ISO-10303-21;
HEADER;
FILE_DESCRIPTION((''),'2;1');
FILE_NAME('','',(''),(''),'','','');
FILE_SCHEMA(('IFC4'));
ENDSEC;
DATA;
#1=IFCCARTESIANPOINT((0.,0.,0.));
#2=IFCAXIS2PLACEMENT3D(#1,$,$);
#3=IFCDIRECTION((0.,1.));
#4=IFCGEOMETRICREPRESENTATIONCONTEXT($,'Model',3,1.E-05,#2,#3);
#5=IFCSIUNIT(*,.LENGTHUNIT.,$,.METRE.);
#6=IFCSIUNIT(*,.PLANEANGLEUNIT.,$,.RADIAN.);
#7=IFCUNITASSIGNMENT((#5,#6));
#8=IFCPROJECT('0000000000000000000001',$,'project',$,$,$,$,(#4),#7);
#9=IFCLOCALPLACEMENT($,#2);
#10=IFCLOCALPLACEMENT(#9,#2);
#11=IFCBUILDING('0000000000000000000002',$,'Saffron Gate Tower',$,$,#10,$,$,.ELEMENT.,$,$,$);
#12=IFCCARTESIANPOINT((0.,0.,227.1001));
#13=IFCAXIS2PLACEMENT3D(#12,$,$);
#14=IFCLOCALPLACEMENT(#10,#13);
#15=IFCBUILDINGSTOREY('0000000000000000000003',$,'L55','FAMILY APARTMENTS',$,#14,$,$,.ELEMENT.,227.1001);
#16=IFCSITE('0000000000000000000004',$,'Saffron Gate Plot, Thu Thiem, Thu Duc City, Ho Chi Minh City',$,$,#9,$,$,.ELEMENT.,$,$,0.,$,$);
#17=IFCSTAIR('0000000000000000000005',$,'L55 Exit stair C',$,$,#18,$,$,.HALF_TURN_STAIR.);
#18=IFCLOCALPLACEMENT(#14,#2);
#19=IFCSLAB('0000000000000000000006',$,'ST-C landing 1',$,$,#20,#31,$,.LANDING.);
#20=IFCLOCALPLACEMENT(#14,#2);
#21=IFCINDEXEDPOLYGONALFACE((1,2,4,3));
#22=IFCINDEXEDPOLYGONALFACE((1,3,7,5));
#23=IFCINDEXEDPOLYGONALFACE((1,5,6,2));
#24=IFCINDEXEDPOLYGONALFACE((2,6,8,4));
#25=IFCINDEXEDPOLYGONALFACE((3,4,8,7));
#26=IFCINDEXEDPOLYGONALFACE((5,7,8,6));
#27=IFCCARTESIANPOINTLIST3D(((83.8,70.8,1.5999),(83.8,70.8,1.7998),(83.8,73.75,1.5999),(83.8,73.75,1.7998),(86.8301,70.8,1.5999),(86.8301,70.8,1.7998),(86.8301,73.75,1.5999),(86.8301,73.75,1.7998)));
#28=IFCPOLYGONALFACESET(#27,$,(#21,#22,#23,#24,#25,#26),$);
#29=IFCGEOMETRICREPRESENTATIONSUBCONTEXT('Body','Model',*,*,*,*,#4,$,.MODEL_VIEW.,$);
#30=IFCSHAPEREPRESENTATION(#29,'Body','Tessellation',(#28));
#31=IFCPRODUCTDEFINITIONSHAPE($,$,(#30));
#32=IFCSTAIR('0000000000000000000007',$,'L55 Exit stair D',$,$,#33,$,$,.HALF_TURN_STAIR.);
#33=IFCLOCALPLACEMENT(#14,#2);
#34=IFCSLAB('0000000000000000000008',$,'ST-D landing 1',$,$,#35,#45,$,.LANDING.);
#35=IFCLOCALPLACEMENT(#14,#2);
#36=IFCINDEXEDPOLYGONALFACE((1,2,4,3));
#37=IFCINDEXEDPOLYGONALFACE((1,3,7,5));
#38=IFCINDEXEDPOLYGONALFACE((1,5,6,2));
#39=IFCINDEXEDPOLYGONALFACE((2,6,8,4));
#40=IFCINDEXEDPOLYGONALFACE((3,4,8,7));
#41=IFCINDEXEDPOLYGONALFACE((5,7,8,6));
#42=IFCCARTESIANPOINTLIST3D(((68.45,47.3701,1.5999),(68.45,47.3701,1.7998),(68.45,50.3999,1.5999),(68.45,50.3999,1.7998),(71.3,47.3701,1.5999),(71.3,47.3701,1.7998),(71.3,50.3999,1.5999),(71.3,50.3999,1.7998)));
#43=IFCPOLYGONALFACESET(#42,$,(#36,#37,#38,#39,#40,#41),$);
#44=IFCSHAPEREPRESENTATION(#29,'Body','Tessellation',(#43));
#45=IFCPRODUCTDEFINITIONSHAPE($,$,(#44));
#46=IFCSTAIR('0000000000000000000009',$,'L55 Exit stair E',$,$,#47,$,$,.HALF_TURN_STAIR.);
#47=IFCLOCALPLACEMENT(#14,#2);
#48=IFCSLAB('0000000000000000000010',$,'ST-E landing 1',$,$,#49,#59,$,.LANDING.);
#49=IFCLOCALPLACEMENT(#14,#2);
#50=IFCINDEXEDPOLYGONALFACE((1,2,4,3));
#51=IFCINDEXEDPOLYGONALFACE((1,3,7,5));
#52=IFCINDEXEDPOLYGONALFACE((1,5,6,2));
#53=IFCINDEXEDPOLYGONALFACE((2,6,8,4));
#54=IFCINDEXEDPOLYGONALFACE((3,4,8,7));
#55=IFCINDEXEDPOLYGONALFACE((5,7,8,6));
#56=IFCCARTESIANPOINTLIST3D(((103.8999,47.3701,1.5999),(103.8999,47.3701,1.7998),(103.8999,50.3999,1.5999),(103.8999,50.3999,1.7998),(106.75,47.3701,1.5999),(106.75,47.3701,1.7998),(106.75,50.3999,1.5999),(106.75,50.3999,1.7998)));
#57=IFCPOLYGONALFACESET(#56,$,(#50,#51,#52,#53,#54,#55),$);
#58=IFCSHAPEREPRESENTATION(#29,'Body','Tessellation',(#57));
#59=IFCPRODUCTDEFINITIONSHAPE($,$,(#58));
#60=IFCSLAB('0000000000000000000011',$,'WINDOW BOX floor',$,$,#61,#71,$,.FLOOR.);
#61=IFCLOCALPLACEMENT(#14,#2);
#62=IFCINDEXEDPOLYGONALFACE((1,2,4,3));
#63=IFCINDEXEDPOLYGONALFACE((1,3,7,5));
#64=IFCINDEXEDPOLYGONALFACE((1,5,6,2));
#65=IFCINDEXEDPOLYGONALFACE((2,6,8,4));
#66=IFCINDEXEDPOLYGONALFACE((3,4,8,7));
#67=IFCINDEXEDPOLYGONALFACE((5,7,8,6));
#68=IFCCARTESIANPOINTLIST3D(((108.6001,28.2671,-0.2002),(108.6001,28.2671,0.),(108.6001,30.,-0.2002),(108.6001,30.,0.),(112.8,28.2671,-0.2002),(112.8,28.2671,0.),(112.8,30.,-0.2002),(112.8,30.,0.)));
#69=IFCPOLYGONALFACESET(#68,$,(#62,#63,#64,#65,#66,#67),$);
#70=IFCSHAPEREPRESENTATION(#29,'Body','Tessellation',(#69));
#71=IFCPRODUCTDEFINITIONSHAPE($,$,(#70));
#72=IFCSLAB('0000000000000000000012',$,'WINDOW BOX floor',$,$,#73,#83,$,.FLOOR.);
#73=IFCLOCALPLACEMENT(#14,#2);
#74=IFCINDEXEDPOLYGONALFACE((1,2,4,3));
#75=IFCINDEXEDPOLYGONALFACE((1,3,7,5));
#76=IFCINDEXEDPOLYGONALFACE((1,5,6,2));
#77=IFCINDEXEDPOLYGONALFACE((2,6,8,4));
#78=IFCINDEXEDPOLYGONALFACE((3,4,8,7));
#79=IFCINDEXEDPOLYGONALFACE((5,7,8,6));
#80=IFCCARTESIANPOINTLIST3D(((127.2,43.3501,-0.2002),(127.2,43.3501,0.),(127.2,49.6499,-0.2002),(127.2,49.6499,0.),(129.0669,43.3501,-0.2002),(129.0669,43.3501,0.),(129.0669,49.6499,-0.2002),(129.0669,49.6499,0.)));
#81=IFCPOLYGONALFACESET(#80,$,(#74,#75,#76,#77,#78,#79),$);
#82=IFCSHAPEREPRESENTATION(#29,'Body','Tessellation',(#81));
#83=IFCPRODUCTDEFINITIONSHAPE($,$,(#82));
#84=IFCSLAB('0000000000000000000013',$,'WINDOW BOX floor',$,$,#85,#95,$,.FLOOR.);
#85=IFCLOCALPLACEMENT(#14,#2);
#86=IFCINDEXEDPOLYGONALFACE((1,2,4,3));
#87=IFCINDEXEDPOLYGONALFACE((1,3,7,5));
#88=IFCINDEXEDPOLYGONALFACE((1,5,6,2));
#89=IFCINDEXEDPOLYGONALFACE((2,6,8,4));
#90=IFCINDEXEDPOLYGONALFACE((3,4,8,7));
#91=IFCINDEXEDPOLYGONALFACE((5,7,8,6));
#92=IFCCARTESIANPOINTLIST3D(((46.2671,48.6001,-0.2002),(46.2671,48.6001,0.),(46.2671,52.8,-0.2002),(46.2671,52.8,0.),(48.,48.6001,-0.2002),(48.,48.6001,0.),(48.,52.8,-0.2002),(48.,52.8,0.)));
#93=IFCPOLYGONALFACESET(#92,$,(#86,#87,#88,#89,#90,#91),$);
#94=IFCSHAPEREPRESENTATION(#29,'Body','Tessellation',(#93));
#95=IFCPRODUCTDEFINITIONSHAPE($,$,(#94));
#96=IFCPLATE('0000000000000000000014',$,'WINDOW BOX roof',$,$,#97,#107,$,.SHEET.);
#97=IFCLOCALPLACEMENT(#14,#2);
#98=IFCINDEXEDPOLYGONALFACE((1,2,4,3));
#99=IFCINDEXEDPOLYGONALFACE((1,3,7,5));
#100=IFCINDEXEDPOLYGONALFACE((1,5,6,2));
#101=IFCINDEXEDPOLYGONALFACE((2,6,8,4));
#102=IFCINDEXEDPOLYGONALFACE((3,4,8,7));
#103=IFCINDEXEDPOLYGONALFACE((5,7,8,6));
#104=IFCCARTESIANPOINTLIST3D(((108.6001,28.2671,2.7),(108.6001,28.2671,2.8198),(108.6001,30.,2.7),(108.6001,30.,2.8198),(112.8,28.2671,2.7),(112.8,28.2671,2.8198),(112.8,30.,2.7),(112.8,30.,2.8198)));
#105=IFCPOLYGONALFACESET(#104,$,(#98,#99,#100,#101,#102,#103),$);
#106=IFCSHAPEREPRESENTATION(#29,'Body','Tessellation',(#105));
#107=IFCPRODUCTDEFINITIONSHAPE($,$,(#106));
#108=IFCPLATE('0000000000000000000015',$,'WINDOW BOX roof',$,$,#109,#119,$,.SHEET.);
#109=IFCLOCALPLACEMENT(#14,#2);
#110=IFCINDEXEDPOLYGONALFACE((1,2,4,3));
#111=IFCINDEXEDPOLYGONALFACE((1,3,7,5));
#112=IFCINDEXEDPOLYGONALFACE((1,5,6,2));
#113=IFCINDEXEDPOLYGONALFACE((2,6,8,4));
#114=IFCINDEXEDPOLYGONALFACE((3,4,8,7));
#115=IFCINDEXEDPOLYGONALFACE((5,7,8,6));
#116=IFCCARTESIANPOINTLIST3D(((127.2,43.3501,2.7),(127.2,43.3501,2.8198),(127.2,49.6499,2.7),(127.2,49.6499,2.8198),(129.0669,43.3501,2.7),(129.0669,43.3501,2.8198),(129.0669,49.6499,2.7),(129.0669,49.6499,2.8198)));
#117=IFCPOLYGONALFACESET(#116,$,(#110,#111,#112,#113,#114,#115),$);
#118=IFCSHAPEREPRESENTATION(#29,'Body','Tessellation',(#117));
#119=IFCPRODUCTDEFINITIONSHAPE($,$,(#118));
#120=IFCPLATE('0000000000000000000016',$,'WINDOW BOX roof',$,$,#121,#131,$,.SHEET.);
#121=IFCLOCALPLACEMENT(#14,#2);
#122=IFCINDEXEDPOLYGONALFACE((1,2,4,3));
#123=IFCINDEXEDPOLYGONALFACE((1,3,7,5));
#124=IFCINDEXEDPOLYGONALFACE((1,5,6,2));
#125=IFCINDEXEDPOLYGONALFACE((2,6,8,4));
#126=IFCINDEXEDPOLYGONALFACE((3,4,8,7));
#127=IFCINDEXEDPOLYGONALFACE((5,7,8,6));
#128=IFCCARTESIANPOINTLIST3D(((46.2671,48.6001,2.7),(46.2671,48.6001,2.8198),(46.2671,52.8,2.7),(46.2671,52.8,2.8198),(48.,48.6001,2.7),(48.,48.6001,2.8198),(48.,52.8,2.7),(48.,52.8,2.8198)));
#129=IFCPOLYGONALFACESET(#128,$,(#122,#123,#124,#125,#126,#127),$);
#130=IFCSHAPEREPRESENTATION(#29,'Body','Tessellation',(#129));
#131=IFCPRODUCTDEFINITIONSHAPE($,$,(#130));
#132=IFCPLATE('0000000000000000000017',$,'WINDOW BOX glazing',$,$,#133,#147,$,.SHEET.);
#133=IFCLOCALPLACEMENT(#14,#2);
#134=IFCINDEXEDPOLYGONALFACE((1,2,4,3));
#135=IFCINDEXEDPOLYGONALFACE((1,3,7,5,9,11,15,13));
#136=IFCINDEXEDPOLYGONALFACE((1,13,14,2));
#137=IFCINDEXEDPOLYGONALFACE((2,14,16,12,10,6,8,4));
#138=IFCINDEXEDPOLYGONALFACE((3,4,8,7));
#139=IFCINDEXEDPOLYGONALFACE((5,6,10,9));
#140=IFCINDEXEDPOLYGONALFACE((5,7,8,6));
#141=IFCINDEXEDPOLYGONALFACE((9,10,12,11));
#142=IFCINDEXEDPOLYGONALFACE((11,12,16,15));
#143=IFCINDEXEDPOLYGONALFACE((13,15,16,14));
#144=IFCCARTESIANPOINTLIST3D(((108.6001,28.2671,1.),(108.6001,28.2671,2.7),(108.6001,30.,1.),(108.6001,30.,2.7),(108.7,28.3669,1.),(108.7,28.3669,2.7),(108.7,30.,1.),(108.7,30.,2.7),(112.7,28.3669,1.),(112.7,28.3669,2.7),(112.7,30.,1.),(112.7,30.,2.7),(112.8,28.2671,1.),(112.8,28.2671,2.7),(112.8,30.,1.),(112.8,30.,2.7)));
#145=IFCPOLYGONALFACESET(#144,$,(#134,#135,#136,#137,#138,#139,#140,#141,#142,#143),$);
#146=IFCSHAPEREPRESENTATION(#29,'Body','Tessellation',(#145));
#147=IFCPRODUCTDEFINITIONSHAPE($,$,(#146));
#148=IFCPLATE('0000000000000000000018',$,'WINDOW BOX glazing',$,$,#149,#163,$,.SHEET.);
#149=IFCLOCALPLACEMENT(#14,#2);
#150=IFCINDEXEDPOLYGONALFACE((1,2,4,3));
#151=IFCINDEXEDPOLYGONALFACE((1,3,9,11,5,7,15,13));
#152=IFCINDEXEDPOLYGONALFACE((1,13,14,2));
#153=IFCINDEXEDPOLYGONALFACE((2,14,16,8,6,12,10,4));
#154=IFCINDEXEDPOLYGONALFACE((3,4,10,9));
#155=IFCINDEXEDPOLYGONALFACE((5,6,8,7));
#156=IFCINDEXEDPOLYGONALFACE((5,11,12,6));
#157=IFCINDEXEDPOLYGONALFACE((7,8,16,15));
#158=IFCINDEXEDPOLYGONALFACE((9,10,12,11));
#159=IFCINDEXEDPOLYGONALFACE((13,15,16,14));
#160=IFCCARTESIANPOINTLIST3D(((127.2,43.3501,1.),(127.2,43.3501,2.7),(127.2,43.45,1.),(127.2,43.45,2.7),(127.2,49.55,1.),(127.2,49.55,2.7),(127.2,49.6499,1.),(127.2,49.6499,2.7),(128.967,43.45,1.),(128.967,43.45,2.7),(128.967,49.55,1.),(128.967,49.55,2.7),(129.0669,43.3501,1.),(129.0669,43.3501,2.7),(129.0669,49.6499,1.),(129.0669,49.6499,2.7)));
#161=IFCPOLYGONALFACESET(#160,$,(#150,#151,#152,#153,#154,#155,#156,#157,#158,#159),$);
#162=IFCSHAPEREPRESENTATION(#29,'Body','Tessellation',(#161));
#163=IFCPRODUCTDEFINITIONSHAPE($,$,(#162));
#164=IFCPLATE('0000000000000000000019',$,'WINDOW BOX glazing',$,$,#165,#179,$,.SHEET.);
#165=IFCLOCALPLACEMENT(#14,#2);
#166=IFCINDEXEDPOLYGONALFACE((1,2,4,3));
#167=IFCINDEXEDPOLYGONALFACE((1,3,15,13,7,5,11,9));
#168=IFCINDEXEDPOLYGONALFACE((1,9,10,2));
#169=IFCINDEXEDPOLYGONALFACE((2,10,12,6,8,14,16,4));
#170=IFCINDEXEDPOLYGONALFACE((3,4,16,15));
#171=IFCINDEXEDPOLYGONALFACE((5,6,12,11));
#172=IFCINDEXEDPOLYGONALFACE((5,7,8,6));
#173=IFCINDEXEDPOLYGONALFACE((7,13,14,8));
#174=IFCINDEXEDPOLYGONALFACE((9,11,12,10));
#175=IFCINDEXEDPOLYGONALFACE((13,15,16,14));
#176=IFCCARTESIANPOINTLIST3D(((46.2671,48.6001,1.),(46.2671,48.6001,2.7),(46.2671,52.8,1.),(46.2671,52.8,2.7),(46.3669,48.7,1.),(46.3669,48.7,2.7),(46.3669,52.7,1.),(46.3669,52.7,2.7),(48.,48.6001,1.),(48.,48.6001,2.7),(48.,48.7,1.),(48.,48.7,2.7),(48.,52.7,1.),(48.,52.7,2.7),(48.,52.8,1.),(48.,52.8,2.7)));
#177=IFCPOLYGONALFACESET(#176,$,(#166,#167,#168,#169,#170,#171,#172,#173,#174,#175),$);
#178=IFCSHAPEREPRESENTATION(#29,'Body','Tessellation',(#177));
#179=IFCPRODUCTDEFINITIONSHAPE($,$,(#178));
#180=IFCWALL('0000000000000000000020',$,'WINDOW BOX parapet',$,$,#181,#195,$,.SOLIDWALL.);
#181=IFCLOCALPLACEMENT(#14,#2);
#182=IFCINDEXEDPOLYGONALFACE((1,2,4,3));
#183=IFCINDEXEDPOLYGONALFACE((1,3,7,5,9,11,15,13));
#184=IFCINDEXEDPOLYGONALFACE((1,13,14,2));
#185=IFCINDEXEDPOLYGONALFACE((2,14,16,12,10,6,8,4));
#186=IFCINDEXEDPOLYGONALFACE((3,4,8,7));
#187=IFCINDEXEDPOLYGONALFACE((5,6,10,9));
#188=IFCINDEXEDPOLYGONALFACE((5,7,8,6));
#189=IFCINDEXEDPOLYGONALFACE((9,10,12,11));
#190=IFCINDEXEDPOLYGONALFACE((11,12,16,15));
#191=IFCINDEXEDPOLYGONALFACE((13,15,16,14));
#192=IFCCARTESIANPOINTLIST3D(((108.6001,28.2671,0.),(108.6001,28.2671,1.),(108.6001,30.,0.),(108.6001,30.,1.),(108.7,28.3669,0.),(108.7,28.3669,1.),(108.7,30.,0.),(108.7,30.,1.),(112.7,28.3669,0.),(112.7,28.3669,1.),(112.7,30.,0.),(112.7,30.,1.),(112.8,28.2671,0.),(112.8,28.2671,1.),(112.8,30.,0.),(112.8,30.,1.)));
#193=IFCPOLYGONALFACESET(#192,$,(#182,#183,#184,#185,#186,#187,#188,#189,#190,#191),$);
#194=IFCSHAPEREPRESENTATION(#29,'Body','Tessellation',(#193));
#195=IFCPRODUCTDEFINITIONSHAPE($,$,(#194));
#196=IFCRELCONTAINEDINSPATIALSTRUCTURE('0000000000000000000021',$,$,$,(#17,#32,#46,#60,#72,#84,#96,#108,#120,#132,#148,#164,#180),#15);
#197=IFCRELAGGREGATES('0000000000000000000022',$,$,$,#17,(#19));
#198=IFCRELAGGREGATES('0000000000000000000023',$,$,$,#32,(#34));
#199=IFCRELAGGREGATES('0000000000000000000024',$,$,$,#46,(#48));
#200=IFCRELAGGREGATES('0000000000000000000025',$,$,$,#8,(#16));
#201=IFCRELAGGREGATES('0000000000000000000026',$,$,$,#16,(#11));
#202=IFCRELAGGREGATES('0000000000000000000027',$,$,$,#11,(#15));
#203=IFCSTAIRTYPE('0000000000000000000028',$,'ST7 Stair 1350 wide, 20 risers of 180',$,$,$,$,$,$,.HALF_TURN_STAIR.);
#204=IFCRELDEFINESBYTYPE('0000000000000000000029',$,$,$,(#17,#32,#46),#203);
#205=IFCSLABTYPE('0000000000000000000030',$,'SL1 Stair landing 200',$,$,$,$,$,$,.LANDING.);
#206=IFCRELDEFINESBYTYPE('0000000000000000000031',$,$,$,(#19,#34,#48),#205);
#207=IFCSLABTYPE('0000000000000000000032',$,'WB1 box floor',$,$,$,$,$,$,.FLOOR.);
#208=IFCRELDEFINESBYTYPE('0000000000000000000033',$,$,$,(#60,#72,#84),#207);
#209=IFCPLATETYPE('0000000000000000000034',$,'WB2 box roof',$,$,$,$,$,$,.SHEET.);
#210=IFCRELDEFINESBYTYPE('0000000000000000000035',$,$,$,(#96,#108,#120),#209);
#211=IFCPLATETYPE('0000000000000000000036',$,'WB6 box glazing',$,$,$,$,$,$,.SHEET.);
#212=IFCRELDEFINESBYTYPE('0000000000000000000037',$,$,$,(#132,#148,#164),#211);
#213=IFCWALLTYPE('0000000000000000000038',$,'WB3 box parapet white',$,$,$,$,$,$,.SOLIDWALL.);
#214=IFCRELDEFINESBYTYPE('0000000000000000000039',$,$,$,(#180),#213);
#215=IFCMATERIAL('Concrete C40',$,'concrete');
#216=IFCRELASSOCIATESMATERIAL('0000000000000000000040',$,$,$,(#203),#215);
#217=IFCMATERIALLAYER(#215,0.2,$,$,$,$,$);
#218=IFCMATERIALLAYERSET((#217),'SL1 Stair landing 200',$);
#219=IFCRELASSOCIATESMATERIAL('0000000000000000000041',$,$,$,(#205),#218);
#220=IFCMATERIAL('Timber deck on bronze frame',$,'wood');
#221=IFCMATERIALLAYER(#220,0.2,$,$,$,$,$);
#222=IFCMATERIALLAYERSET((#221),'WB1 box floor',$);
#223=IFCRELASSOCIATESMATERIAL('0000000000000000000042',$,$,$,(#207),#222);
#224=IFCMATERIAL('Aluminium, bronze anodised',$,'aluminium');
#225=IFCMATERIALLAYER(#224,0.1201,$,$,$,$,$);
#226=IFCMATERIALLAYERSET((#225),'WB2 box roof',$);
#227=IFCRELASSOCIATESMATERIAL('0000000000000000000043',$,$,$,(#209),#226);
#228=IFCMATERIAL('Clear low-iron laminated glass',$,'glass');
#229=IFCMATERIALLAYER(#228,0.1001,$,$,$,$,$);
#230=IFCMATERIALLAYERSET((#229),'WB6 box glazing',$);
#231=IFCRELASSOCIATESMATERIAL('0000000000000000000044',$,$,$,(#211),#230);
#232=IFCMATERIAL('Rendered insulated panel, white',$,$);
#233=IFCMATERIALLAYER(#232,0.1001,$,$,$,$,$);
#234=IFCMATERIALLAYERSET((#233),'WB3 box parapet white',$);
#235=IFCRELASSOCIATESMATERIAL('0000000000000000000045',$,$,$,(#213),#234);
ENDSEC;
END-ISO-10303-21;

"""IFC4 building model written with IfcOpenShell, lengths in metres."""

from ifc_helpers import new_model, si_unit, direction, frame, origin, place, context, subcontext, project, spatial, polyline, outline, extrude, material, layer, layer_set, type_object, element, aggregate, save


model = new_model("IFC4")

# Units and contexts
model_context = context("Model", 3, precision=1e-05, world=origin(), true_north=direction((0.0, 1.0)))
body_context = subcontext(model_context, "Body", "Model", "MODEL_VIEW")
ifc_project = project(units=[si_unit("LENGTHUNIT", "METRE"), si_unit("PLANEANGLEUNIT", "RADIAN")], contexts=[model_context])

# Site, building, storey
site_placement = place(None, origin())
site = spatial("IfcSite", under=ifc_project, at=site_placement, Name="Saffron Gate Plot, Thu Thiem, Thu Duc City, Ho Chi Minh City", CompositionType="ELEMENT", RefElevation=0.0)
building_placement = place(site_placement, origin())
building = spatial("IfcBuilding", under=site, at=building_placement, Name="Saffron Gate Tower", CompositionType="ELEMENT")
storey_placement = place(building_placement, frame((0.0, 0.0, 227.1001)))
storey = spatial("IfcBuildingStorey", under=building, at=storey_placement, Name="L55", Description="FAMILY APARTMENTS", CompositionType="ELEMENT", Elevation=227.1001)

# Shared definitions
ifc_material_1 = material(Name="Aluminium, bronze anodised", Category="aluminium")

# Shared definitions
ifc_material_2 = material(Name="Concrete C40", Category="concrete")

# Stairs, slabs
stair_type = type_object("IfcStairType", Name="ST7 Stair 1350 wide, 20 risers of 180", PredefinedType="HALF_TURN_STAIR", material=ifc_material_2)
ifc_layer_1 = layer(ifc_material_2, 0.2)
ifc_layer_set_1 = layer_set([ifc_layer_1], Name="SL1 Stair landing 200")
slab_type_1 = type_object("IfcSlabType", Name="SL1 Stair landing 200", PredefinedType="LANDING", material=ifc_layer_set_1)
stair_1_placement = place(storey_placement, origin())
stair_1 = element("IfcStair", 1, at=stair_1_placement, inside=storey, type_object=stair_type, Name="L55 Exit stair C", PredefinedType="HALF_TURN_STAIR")
slab_1_placement = place(storey_placement, frame((0.0, 0.0, 1.5999)))
slab_1 = element("IfcSlab", 2, at=slab_1_placement, type_object=slab_type_1, Name="ST-C landing 1", PredefinedType="LANDING", context=body_context, shape_type="SweptSolid", body=[
    extrude(outline(polyline([(86.8301, 73.75), (83.8, 73.75), (83.8, 70.8), (86.8301, 70.8), (86.8301, 73.75)])), origin(), (0.0, 0.0, 1.0), 0.2),
])
aggregate(stair_1, [slab_1])
stair_2_placement = place(storey_placement, origin())
stair_2 = element("IfcStair", 3, at=stair_2_placement, inside=storey, type_object=stair_type, Name="L55 Exit stair D", PredefinedType="HALF_TURN_STAIR")
slab_2_placement = place(storey_placement, frame((0.0, 0.0, 1.5999)))
slab_2 = element("IfcSlab", 4, at=slab_2_placement, type_object=slab_type_1, Name="ST-D landing 1", PredefinedType="LANDING", context=body_context, shape_type="SweptSolid", body=[
    extrude(outline(polyline([(71.3, 47.3701), (71.3, 50.3999), (68.45, 50.3999), (68.45, 47.3701), (71.3, 47.3701)])), origin(), (0.0, 0.0, 1.0), 0.2),
])
aggregate(stair_2, [slab_2])
stair_3_placement = place(storey_placement, origin())
stair_3 = element("IfcStair", 5, at=stair_3_placement, inside=storey, type_object=stair_type, Name="L55 Exit stair E", PredefinedType="HALF_TURN_STAIR")
slab_3_placement = place(storey_placement, frame((0.0, 0.0, 1.5999)))
slab_3 = element("IfcSlab", 6, at=slab_3_placement, type_object=slab_type_1, Name="ST-E landing 1", PredefinedType="LANDING", context=body_context, shape_type="SweptSolid", body=[
    extrude(outline(polyline([(106.75, 47.3701), (106.75, 50.3999), (103.8999, 50.3999), (103.8999, 47.3701), (106.75, 47.3701)])), origin(), (0.0, 0.0, 1.0), 0.2),
])
aggregate(stair_3, [slab_3])

# Slabs
ifc_material_3 = material(Name="Timber deck on bronze frame", Category="wood")
ifc_layer_2 = layer(ifc_material_3, 0.2)
ifc_layer_set_2 = layer_set([ifc_layer_2], Name="WB1 box floor")
slab_type_2 = type_object("IfcSlabType", Name="WB1 box floor", PredefinedType="FLOOR", material=ifc_layer_set_2)
slab_4_placement = place(storey_placement, frame((0.0, 0.0, -0.2002)))
element("IfcSlab", 7, at=slab_4_placement, inside=storey, type_object=slab_type_2, Name="WINDOW BOX floor", PredefinedType="FLOOR", context=body_context, shape_type="SweptSolid", body=[
    extrude(outline(polyline([(108.6001, 30.0), (112.8, 30.0), (112.8, 28.2671), (108.6001, 28.2671), (108.6001, 30.0)])), origin(), (0.0, 0.0, 1.0), 0.2002),
])
slab_5_placement = place(storey_placement, frame((0.0, 0.0, -0.2002)))
element("IfcSlab", 8, at=slab_5_placement, inside=storey, type_object=slab_type_2, Name="WINDOW BOX floor", PredefinedType="FLOOR", context=body_context, shape_type="SweptSolid", body=[
    extrude(outline(polyline([(127.2, 43.3501), (127.2, 49.6499), (129.0669, 49.6499), (129.0669, 43.3501), (127.2, 43.3501)])), origin(), (0.0, 0.0, 1.0), 0.2002),
])
slab_6_placement = place(storey_placement, frame((0.0, 0.0, -0.2002)))
element("IfcSlab", 9, at=slab_6_placement, inside=storey, type_object=slab_type_2, Name="WINDOW BOX floor", PredefinedType="FLOOR", context=body_context, shape_type="SweptSolid", body=[
    extrude(outline(polyline([(48.0, 52.8), (48.0, 48.6001), (46.2671, 48.6001), (46.2671, 52.8), (48.0, 52.8)])), origin(), (0.0, 0.0, 1.0), 0.2002),
])

# Plates
ifc_layer_3 = layer(ifc_material_1, 0.1201)
ifc_layer_set_3 = layer_set([ifc_layer_3], Name="WB2 box roof")
plate_type_1 = type_object("IfcPlateType", Name="WB2 box roof", PredefinedType="SHEET", material=ifc_layer_set_3)
plate_1_placement = place(storey_placement, frame((0.0, 0.0, 2.7)))
element("IfcPlate", 10, at=plate_1_placement, inside=storey, type_object=plate_type_1, Name="WINDOW BOX roof", PredefinedType="SHEET", context=body_context, shape_type="SweptSolid", body=[
    extrude(outline(polyline([(108.6001, 30.0), (112.8, 30.0), (112.8, 28.2671), (108.6001, 28.2671), (108.6001, 30.0)])), origin(), (0.0, 0.0, 1.0), 0.1199),
])
plate_2_placement = place(storey_placement, frame((0.0, 0.0, 2.7)))
element("IfcPlate", 11, at=plate_2_placement, inside=storey, type_object=plate_type_1, Name="WINDOW BOX roof", PredefinedType="SHEET", context=body_context, shape_type="SweptSolid", body=[
    extrude(outline(polyline([(127.2, 43.3501), (127.2, 49.6499), (129.0669, 49.6499), (129.0669, 43.3501), (127.2, 43.3501)])), origin(), (0.0, 0.0, 1.0), 0.1199),
])
plate_3_placement = place(storey_placement, frame((0.0, 0.0, 2.7)))
element("IfcPlate", 12, at=plate_3_placement, inside=storey, type_object=plate_type_1, Name="WINDOW BOX roof", PredefinedType="SHEET", context=body_context, shape_type="SweptSolid", body=[
    extrude(outline(polyline([(48.0, 52.8), (48.0, 48.6001), (46.2671, 48.6001), (46.2671, 52.8), (48.0, 52.8)])), origin(), (0.0, 0.0, 1.0), 0.1199),
])
ifc_material_4 = material(Name="Clear low-iron laminated glass", Category="glass")
ifc_layer_4 = layer(ifc_material_4, 0.1001)
ifc_layer_set_4 = layer_set([ifc_layer_4], Name="WB6 box glazing")
plate_type_2 = type_object("IfcPlateType", Name="WB6 box glazing", PredefinedType="SHEET", material=ifc_layer_set_4)
plate_4_placement = place(storey_placement, frame((0.0, 0.0, 1.0)))
element("IfcPlate", 13, at=plate_4_placement, inside=storey, type_object=plate_type_2, Name="WINDOW BOX glazing", PredefinedType="SHEET", context=body_context, shape_type="SweptSolid", body=[
    extrude(outline(polyline([(108.6001, 30.0), (108.7, 30.0), (108.7, 28.3669), (112.7, 28.3669), (112.7, 30.0), (112.8, 30.0), (112.8, 28.2671), (108.6001, 28.2671), (108.6001, 30.0)])), origin(), (0.0, 0.0, 1.0), 1.7),
])
plate_5_placement = place(storey_placement, frame((0.0, 0.0, 1.0)))
element("IfcPlate", 14, at=plate_5_placement, inside=storey, type_object=plate_type_2, Name="WINDOW BOX glazing", PredefinedType="SHEET", context=body_context, shape_type="SweptSolid", body=[
    extrude(outline(polyline([(127.2, 43.3501), (127.2, 43.45), (128.967, 43.45), (128.967, 49.55), (127.2, 49.55), (127.2, 49.6499), (129.0669, 49.6499), (129.0669, 43.3501), (127.2, 43.3501)])), origin(), (0.0, 0.0, 1.0), 1.7),
])
plate_6_placement = place(storey_placement, frame((0.0, 0.0, 1.0)))
element("IfcPlate", 15, at=plate_6_placement, inside=storey, type_object=plate_type_2, Name="WINDOW BOX glazing", PredefinedType="SHEET", context=body_context, shape_type="SweptSolid", body=[
    extrude(outline(polyline([(48.0, 52.8), (48.0, 52.7), (46.3669, 52.7), (46.3669, 48.7), (48.0, 48.7), (48.0, 48.6001), (46.2671, 48.6001), (46.2671, 52.8), (48.0, 52.8)])), origin(), (0.0, 0.0, 1.0), 1.7),
])

# Wall
ifc_material_5 = material(Name="Rendered insulated panel, white")
ifc_layer_5 = layer(ifc_material_5, 0.1001)
ifc_layer_set_5 = layer_set([ifc_layer_5], Name="WB3 box parapet white")
wall_type = type_object("IfcWallType", Name="WB3 box parapet white", PredefinedType="SOLIDWALL", material=ifc_layer_set_5)
wall_1_placement = place(storey_placement, origin())
element("IfcWall", 16, at=wall_1_placement, inside=storey, type_object=wall_type, Name="WINDOW BOX parapet", PredefinedType="SOLIDWALL", context=body_context, shape_type="SweptSolid", body=[
    extrude(outline(polyline([(108.6001, 30.0), (108.7, 30.0), (108.7, 28.3669), (112.7, 28.3669), (112.7, 30.0), (112.8, 30.0), (112.8, 28.2671), (108.6001, 28.2671), (108.6001, 30.0)])), origin(), (0.0, 0.0, 1.0), 1.0),
])

save(model, "model.ifc")
